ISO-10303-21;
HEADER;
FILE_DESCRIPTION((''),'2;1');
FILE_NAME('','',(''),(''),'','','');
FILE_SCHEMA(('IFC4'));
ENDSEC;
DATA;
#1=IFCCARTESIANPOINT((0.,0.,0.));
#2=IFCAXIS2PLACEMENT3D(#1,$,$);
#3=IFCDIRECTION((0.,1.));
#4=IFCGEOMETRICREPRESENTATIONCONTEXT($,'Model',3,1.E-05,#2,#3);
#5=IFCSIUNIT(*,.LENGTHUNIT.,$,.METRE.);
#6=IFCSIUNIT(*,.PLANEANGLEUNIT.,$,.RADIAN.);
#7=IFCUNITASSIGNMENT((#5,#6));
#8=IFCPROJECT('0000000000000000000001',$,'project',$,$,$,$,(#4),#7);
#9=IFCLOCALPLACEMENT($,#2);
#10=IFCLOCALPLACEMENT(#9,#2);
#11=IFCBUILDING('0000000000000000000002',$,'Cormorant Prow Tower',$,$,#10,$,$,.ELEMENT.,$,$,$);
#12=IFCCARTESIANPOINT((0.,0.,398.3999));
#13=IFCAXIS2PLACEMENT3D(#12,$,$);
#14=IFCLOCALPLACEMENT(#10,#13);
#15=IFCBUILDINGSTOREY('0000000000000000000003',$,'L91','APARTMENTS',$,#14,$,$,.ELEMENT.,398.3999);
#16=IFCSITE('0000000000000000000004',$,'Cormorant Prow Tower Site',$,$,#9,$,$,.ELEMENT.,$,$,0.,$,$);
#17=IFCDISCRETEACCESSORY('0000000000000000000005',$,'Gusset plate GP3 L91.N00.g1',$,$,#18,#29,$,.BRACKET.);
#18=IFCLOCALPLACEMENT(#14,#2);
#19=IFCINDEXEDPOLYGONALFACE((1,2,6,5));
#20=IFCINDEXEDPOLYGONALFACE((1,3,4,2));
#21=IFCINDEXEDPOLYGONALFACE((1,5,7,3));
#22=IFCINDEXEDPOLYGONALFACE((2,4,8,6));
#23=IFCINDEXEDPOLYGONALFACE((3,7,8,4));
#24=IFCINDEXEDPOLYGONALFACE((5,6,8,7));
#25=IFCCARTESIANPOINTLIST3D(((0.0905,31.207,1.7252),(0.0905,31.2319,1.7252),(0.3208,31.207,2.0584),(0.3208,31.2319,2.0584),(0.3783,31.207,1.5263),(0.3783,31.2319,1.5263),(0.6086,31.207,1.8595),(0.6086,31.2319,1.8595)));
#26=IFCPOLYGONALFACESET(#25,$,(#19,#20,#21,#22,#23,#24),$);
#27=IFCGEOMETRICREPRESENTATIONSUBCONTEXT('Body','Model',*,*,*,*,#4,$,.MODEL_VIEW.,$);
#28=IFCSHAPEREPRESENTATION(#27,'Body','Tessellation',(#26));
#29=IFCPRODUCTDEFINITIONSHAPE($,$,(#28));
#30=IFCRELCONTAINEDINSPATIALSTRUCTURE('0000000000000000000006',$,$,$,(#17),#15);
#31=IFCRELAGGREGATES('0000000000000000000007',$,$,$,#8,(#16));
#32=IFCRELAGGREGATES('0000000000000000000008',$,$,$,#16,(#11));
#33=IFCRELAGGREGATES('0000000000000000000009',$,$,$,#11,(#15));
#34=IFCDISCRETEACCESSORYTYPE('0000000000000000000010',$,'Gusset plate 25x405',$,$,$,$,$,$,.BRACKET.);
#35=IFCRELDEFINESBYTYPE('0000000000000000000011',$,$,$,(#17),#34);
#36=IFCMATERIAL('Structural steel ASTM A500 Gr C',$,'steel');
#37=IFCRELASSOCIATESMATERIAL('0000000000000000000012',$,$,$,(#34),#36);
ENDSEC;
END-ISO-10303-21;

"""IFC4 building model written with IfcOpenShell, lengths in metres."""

from ifc_helpers import new_model, si_unit, direction, frame, origin, origin_2d, place, context, subcontext, project, spatial, rectangle, extrude, material, material_profile, profile_set, type_object, element, save


model = new_model("IFC4")

# Units and contexts
model_context = context("Model", 3, precision=1e-05, world=origin(), true_north=direction((0.0, 1.0)))
body_context = subcontext(model_context, "Body", "Model", "MODEL_VIEW")
ifc_project = project(units=[si_unit("LENGTHUNIT", "METRE"), si_unit("PLANEANGLEUNIT", "RADIAN")], contexts=[model_context])

# Site, building, storey
site_placement = place(None, origin())
site = spatial("IfcSite", under=ifc_project, at=site_placement, Name="Cormorant Prow Tower Site", CompositionType="ELEMENT", RefElevation=0.0)
building_placement = place(site_placement, origin())
building = spatial("IfcBuilding", under=site, at=building_placement, Name="Cormorant Prow Tower", CompositionType="ELEMENT")
storey_placement = place(building_placement, frame((0.0, 0.0, 398.3999)))
storey = spatial("IfcBuildingStorey", under=building, at=storey_placement, Name="L91", Description="APARTMENTS", CompositionType="ELEMENT", Elevation=398.3999)

# Discrete accessory
ifc_material_1 = material(Name="Structural steel ASTM A500 Gr C", Category="steel")
ifc_material_profile_1 = material_profile(ifc_material_1, rectangle(XDim=0.0249, YDim=0.405, at=origin_2d()), Name="Gusset plate 25x405")
ifc_profile_set_1 = profile_set([ifc_material_profile_1], Name="Structural steel ASTM A500 Gr C")
discrete_accessory_type = type_object("IfcDiscreteAccessoryType", Name="Gusset plate 25x405", PredefinedType="BRACKET", material=ifc_profile_set_1)
discrete_accessory_1_placement = place(storey_placement, frame((0.4934, 31.2195, 1.6929), z_axis=(-0.822594, 0.0, 0.568629), x_axis=(0.0, -1.0, 0.0)))
element("IfcDiscreteAccessory", 1, at=discrete_accessory_1_placement, inside=storey, type_object=discrete_accessory_type, Name="Gusset plate GP3 L91.N00.g1", PredefinedType="BRACKET", context=body_context, shape_type="SweptSolid", body=[
    extrude(rectangle(XDim=0.0249, YDim=0.405, at=origin_2d()), origin(), (0.0, 0.0, 1.0), 0.3499),
])

save(model, "model.ifc")
